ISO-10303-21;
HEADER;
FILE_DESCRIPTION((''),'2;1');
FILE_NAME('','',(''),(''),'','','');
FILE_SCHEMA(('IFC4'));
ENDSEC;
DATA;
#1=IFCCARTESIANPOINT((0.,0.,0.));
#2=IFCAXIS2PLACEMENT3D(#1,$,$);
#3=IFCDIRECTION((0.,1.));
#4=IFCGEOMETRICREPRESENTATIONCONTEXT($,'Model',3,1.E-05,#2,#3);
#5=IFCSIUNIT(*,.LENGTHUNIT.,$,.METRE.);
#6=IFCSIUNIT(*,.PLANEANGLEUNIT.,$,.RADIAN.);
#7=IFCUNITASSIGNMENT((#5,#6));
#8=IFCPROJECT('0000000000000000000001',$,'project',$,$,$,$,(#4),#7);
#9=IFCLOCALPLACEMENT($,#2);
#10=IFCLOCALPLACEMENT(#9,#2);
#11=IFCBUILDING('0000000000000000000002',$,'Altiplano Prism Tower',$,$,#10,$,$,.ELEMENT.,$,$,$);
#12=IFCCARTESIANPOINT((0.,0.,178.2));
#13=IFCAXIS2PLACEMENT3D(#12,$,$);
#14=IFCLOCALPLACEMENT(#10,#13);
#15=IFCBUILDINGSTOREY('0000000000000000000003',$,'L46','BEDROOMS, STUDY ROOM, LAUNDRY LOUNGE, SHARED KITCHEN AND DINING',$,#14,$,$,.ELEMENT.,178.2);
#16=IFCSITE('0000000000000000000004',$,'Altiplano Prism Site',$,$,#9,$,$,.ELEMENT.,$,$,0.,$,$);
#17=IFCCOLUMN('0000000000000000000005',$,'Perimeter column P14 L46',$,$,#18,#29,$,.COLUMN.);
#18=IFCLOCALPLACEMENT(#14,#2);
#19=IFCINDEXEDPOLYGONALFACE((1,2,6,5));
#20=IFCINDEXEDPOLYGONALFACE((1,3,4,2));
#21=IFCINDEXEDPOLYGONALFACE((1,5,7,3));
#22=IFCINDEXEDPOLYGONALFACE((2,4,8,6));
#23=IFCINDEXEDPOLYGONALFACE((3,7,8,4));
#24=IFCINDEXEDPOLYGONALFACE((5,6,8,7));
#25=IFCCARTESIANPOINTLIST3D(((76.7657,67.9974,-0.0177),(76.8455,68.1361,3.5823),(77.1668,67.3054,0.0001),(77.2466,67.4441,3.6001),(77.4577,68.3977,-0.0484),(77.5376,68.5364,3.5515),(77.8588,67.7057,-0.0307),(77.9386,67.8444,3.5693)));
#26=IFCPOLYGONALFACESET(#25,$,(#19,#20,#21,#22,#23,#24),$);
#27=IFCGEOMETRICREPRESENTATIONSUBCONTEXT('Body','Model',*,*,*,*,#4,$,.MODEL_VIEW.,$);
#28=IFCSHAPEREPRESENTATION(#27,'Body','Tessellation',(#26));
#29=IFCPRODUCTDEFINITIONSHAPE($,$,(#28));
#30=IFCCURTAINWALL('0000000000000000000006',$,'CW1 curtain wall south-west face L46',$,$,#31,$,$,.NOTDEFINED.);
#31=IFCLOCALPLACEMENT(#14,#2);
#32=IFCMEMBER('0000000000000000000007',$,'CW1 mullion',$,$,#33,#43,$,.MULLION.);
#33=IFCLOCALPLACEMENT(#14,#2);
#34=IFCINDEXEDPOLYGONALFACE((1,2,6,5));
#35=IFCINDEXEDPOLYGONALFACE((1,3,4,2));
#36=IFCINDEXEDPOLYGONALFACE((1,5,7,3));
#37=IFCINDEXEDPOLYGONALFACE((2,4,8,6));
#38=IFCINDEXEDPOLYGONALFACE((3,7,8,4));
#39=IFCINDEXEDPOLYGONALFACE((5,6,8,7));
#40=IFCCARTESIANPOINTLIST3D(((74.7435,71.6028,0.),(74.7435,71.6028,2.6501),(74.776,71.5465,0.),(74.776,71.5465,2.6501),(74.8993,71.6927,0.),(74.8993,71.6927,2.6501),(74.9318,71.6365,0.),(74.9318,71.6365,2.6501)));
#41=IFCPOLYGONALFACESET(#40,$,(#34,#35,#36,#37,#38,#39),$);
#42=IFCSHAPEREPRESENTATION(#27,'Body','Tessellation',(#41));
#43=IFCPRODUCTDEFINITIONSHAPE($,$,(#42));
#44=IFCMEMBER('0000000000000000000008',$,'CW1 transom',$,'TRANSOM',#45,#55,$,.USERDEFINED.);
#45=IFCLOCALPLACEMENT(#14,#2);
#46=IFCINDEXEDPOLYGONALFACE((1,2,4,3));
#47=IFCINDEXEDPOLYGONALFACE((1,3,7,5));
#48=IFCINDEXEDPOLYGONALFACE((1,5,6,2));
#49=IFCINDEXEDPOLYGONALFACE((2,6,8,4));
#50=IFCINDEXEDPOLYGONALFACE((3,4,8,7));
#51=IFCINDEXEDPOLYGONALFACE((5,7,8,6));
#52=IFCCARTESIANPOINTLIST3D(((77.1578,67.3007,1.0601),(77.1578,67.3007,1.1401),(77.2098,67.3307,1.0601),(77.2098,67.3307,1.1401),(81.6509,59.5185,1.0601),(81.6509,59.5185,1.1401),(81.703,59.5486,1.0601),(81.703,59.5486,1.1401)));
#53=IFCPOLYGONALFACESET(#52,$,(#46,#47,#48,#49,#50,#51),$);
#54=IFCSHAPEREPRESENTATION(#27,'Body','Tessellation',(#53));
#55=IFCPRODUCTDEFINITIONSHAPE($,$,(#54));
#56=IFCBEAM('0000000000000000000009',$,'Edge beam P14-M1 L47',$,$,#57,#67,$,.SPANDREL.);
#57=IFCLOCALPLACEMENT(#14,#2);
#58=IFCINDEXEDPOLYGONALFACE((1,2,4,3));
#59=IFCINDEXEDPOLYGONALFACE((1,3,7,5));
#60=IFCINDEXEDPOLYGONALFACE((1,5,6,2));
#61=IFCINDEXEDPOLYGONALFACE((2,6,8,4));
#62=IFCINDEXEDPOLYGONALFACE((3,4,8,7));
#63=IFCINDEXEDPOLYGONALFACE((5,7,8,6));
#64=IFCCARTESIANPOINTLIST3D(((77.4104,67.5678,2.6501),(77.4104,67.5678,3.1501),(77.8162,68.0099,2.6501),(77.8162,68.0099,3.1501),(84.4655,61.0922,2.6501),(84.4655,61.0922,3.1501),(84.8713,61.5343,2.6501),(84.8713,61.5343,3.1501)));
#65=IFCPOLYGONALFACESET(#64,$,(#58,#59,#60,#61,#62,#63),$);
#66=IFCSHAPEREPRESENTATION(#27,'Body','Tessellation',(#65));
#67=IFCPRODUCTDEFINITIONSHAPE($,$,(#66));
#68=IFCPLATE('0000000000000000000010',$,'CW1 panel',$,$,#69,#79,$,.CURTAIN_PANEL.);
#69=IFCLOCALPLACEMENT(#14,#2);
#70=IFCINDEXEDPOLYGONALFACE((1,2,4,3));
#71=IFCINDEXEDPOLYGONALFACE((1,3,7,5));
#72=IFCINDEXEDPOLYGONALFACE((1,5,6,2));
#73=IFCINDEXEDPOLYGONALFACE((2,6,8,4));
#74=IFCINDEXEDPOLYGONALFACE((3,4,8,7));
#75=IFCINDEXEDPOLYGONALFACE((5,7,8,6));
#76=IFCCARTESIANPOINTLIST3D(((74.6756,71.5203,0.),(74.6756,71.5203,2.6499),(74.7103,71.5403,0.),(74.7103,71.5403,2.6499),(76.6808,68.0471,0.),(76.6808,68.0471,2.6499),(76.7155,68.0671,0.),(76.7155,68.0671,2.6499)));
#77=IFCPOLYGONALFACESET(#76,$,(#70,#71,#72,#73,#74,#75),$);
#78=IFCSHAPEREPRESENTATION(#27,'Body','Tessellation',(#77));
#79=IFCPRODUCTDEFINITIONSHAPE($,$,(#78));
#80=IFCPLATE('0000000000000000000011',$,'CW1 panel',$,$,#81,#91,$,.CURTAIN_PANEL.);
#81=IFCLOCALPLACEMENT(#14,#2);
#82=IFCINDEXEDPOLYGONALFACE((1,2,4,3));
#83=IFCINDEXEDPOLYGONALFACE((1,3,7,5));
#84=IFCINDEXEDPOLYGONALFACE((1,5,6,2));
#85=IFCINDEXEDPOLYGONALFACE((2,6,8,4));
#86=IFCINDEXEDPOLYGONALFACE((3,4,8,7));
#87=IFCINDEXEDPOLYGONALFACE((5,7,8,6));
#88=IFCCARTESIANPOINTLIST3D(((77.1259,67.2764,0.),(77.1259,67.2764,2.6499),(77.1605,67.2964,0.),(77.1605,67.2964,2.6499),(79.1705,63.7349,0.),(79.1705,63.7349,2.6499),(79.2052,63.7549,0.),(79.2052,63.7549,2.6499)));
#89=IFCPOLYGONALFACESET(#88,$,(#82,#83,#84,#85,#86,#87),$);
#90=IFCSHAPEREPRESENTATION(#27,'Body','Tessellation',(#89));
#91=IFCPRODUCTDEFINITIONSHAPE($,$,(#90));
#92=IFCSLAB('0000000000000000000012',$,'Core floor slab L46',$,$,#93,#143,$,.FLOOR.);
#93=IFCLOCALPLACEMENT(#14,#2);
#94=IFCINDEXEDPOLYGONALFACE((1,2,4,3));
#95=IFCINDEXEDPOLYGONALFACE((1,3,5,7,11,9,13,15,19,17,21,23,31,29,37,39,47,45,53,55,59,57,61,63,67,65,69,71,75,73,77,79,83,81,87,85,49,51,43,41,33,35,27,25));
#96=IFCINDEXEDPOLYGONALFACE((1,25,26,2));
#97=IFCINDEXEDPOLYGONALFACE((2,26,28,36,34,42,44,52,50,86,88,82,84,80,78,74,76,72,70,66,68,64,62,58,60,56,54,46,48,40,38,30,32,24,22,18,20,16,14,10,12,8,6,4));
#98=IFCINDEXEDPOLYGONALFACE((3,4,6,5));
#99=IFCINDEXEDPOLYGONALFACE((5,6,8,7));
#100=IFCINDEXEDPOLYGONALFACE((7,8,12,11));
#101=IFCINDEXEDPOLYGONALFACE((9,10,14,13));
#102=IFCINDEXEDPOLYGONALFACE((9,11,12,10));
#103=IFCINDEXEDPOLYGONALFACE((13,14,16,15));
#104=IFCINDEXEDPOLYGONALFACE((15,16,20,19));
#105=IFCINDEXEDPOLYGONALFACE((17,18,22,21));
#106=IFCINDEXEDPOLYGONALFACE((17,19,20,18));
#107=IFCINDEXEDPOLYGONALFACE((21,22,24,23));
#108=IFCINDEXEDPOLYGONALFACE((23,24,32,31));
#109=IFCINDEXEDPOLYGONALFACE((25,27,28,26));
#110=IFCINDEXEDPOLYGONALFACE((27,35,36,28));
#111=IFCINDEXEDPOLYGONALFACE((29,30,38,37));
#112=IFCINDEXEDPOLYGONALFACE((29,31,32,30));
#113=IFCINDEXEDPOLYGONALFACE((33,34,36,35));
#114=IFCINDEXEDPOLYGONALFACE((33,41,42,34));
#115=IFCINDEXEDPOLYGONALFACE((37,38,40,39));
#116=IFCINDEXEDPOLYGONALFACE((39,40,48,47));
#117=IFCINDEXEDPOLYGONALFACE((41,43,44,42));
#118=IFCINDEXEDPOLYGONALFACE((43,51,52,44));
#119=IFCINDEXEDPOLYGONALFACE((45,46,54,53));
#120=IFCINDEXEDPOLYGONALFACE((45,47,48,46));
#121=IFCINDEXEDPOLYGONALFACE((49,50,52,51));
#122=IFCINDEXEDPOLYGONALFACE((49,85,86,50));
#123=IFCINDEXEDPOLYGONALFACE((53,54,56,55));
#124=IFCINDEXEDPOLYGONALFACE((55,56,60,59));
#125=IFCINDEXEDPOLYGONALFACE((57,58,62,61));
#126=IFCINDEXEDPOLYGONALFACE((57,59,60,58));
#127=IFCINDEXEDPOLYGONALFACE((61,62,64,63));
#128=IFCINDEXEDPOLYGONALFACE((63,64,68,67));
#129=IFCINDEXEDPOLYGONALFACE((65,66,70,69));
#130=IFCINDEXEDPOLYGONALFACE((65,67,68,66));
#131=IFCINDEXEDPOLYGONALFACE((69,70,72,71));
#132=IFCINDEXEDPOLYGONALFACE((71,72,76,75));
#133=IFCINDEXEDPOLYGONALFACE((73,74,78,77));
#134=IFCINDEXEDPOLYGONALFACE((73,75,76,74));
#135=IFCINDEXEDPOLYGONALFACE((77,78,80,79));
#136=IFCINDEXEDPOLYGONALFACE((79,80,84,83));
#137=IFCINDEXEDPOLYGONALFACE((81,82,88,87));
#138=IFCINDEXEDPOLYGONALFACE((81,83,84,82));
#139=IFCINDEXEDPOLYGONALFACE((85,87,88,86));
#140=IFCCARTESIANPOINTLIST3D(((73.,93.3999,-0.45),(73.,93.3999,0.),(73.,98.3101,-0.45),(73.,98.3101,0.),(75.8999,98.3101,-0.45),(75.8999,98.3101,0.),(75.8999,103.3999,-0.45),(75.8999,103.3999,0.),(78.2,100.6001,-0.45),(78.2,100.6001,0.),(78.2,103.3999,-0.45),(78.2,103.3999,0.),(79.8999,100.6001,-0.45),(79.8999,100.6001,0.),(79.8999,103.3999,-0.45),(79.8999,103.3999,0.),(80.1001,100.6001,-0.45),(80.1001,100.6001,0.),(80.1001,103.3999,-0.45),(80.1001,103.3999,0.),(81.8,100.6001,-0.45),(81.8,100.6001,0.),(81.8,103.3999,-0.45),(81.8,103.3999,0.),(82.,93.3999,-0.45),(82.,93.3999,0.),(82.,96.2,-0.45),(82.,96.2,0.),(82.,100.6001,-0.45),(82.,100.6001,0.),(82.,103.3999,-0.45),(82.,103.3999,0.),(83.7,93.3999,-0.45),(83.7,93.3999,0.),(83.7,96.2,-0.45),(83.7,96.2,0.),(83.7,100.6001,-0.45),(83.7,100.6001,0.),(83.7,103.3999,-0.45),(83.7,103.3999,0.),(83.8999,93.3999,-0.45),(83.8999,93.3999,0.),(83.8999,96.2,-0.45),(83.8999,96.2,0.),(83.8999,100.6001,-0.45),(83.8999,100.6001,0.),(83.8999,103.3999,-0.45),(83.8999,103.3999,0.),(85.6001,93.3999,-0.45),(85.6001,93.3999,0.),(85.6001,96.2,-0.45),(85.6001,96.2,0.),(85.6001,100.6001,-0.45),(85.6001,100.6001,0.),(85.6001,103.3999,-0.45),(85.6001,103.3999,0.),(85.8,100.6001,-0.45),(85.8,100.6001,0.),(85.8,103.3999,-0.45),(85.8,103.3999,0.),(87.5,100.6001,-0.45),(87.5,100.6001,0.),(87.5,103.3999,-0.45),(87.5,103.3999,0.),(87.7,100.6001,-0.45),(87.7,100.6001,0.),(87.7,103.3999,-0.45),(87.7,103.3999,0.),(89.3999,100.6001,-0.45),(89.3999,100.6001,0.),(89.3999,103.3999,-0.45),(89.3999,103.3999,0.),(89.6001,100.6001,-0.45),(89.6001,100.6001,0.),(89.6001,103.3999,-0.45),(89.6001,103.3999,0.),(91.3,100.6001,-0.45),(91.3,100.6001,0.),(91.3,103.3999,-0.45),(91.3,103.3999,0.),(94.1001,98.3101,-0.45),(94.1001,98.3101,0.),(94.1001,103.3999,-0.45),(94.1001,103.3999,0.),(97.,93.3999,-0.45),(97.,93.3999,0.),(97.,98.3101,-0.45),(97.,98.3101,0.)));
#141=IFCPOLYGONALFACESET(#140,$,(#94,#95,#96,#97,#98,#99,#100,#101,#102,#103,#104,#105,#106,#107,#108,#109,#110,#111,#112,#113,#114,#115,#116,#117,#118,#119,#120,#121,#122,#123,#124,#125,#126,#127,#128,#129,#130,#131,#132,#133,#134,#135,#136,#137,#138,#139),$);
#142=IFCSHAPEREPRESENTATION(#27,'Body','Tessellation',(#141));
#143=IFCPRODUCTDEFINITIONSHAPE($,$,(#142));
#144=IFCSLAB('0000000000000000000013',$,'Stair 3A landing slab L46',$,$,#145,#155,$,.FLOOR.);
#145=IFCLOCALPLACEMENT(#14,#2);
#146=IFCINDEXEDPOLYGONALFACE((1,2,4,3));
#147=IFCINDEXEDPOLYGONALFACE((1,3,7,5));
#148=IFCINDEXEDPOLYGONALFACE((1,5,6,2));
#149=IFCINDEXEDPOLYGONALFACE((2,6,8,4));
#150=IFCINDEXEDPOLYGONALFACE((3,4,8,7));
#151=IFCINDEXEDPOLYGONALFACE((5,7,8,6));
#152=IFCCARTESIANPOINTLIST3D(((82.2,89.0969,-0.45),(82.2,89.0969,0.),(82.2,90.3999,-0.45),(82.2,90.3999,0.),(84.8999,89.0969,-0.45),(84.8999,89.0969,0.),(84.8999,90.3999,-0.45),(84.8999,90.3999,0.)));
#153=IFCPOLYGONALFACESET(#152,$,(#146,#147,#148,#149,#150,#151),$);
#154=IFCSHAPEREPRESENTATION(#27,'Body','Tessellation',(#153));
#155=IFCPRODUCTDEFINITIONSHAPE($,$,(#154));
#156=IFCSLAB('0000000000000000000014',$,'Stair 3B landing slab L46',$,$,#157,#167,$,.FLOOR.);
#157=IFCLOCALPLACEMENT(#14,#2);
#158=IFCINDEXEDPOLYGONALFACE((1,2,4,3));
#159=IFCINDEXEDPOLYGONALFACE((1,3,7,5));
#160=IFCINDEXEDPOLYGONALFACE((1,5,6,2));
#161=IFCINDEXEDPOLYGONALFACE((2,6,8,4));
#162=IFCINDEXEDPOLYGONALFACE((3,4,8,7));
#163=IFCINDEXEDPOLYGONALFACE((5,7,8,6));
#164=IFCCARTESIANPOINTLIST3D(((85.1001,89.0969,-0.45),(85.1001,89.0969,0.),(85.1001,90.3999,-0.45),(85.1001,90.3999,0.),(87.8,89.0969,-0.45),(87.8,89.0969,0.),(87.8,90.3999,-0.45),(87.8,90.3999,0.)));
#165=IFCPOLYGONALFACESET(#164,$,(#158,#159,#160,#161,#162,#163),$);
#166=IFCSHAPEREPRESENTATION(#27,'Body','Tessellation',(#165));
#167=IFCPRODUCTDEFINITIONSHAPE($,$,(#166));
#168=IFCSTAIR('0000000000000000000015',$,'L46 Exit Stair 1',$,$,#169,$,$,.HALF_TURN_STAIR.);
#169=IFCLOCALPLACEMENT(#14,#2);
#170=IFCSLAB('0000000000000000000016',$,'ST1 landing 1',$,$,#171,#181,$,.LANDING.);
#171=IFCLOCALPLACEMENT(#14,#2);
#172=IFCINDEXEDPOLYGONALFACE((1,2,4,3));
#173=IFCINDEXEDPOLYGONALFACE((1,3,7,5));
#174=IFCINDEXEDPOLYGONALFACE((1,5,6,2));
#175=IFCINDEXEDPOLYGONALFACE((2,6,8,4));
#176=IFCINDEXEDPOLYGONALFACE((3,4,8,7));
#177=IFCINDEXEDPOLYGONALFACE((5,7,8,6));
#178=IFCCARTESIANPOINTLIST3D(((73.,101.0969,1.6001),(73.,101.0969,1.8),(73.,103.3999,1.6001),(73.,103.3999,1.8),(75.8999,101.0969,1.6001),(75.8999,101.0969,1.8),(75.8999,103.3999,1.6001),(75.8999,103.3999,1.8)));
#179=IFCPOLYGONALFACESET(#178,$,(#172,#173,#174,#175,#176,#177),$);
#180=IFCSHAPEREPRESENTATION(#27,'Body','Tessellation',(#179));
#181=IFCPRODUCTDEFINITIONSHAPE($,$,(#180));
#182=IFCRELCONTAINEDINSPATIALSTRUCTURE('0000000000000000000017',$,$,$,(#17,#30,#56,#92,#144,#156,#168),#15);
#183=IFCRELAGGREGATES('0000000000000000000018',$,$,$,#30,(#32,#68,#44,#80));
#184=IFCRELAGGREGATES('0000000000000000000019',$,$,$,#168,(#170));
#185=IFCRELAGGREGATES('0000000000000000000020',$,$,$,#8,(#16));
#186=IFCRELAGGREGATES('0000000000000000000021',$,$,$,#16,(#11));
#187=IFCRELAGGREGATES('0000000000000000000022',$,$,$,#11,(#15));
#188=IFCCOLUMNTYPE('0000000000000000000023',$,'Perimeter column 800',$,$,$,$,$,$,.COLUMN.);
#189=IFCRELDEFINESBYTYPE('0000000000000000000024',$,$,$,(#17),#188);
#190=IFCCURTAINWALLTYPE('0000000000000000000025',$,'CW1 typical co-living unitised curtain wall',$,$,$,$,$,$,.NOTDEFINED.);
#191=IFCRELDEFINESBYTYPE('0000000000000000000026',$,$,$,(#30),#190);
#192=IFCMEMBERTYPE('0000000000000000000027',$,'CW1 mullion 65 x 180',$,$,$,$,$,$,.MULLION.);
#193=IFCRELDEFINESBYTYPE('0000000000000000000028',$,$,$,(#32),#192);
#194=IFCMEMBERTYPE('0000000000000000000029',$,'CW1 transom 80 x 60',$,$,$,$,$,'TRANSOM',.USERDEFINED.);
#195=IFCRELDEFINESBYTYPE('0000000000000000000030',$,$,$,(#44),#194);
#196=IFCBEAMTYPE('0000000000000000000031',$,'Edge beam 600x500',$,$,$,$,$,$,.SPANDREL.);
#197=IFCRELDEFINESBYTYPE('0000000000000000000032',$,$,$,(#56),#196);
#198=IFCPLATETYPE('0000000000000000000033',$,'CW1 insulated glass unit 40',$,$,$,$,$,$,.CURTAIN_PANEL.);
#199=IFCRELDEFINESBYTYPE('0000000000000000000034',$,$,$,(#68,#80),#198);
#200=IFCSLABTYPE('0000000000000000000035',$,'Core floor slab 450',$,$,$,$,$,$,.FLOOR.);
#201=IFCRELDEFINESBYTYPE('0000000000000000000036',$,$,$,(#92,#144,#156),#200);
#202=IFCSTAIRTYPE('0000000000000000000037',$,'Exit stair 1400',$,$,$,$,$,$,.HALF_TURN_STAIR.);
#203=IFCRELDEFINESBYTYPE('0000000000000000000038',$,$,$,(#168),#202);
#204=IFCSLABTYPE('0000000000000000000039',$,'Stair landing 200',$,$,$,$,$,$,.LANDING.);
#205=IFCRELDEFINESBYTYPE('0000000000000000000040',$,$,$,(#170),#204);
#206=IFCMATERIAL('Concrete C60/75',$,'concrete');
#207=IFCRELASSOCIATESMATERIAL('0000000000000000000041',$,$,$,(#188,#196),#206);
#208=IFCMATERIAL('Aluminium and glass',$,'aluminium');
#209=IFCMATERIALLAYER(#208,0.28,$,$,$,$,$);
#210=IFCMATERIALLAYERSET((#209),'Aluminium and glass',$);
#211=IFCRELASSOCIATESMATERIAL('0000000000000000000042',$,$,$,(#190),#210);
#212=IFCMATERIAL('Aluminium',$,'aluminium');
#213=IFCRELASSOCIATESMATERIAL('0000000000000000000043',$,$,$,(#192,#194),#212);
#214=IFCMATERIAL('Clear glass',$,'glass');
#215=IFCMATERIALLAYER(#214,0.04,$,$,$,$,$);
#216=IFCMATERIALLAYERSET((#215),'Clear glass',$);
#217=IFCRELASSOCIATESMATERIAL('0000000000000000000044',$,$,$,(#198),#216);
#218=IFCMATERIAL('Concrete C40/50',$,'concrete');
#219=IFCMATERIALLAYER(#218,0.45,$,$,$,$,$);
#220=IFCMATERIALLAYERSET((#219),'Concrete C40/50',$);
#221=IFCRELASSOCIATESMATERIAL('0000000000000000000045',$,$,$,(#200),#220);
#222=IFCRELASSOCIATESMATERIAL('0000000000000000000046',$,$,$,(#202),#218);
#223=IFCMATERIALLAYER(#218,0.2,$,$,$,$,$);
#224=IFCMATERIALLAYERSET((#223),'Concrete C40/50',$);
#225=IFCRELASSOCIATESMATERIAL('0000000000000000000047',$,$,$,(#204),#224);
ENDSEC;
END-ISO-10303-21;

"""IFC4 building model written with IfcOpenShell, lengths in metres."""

from ifc_helpers import new_model, si_unit, direction, frame, origin, origin_2d, place, context, subcontext, project, spatial, polyline, rectangle, outline, extrude, material, layer, layer_set, material_profile, profile_set, type_object, element, aggregate, save


model = new_model("IFC4")

# Units and contexts
model_context = context("Model", 3, precision=1e-05, world=origin(), true_north=direction((0.0, 1.0)))
body_context = subcontext(model_context, "Body", "Model", "MODEL_VIEW")
ifc_project = project(units=[si_unit("LENGTHUNIT", "METRE"), si_unit("PLANEANGLEUNIT", "RADIAN")], contexts=[model_context])

# Site, building, storey
site_placement = place(None, origin())
site = spatial("IfcSite", under=ifc_project, at=site_placement, Name="Altiplano Prism Site", CompositionType="ELEMENT", RefElevation=0.0)
building_placement = place(site_placement, origin())
building = spatial("IfcBuilding", under=site, at=building_placement, Name="Altiplano Prism Tower", CompositionType="ELEMENT")
storey_placement = place(building_placement, frame((0.0, 0.0, 178.2)))
storey = spatial("IfcBuildingStorey", under=building, at=storey_placement, Name="L46", Description="BEDROOMS, STUDY ROOM, LAUNDRY LOUNGE, SHARED KITCHEN AND DINING", CompositionType="ELEMENT", Elevation=178.2)

# Column
ifc_material_1 = material(Name="Concrete C60/75", Category="concrete")
ifc_material_profile_1 = material_profile(ifc_material_1, rectangle(XDim=0.8, YDim=0.8, at=origin_2d()), Name="Perimeter column 800")
ifc_profile_set_1 = profile_set([ifc_material_profile_1], Name="Concrete C60/75")
column_type = type_object("IfcColumnType", Name="Perimeter column 800", PredefinedType="COLUMN", material=ifc_profile_set_1)
column_placement = place(storey_placement, frame((77.3123, 67.8516, -0.0242), z_axis=(0.022155, 0.038484, 0.999014), x_axis=(-0.864981, -0.500329, 0.038456)))
element("IfcColumn", 1, at=column_placement, inside=storey, type_object=column_type, Name="Perimeter column P14 L46", PredefinedType="COLUMN", context=body_context, shape_type="SweptSolid", body=[
    extrude(rectangle(XDim=0.8, YDim=0.8, at=origin_2d()), origin(), (0.0, 0.0, 1.0), 3.6035),
])

# Curtain wall, members
ifc_material_2 = material(Name="Aluminium and glass", Category="aluminium")
ifc_layer_1 = layer(ifc_material_2, 0.28)
ifc_layer_set_1 = layer_set([ifc_layer_1], Name="Aluminium and glass")
curtain_wall_type = type_object("IfcCurtainWallType", Name="CW1 typical co-living unitised curtain wall", PredefinedType="NOTDEFINED", material=ifc_layer_set_1)
curtain_wall_placement = place(storey_placement, origin())
curtain_wall = element("IfcCurtainWall", 2, at=curtain_wall_placement, inside=storey, type_object=curtain_wall_type, Name="CW1 curtain wall south-west face L46", PredefinedType="NOTDEFINED")
ifc_material_3 = material(Name="Aluminium", Category="aluminium")
ifc_material_profile_2 = material_profile(ifc_material_3, rectangle(XDim=0.1799, YDim=0.0649, at=origin_2d()), Name="CW1 mullion 65 x 180")
ifc_profile_set_2 = profile_set([ifc_material_profile_2], Name="Aluminium")
member_type_1 = type_object("IfcMemberType", Name="CW1 mullion 65 x 180", PredefinedType="MULLION", material=ifc_profile_set_2)
member_1_placement = place(storey_placement, frame((74.8376, 71.6196, 0.0), z_axis=(0.0, 0.0, 1.0), x_axis=(0.866025, 0.5, 0.0)))
member_1 = element("IfcMember", 3, at=member_1_placement, type_object=member_type_1, Name="CW1 mullion", PredefinedType="MULLION", context=body_context, shape_type="SweptSolid", body=[
    extrude(rectangle(XDim=0.1799, YDim=0.0649, at=origin_2d()), origin(), (0.0, 0.0, 1.0), 2.6501),
])
ifc_material_profile_3 = material_profile(ifc_material_3, rectangle(XDim=0.0601, YDim=0.0801, at=origin_2d()), Name="CW1 transom 80 x 60")
ifc_profile_set_3 = profile_set([ifc_material_profile_3], Name="Aluminium")
member_type_2 = type_object("IfcMemberType", Name="CW1 transom 80 x 60", ElementType="TRANSOM", PredefinedType="USERDEFINED", material=ifc_profile_set_3)
member_2_placement = place(storey_placement, frame((77.1838, 67.3157, 1.1001), z_axis=(0.500008, -0.866021, 0.0), x_axis=(0.866021, 0.500008, 0.0)))
member_2 = element("IfcMember", 4, at=member_2_placement, type_object=member_type_2, Name="CW1 transom", ObjectType="TRANSOM", PredefinedType="USERDEFINED", context=body_context, shape_type="SweptSolid", body=[
    extrude(rectangle(XDim=0.0601, YDim=0.0801, at=origin_2d()), origin(), (0.0, 0.0, 1.0), 8.9861),
])

# Beam
ifc_material_profile_4 = material_profile(ifc_material_1, rectangle(XDim=0.6001, YDim=0.5, at=origin_2d()), Name="Edge beam 600x500")
ifc_profile_set_4 = profile_set([ifc_material_profile_4], Name="Concrete C60/75")
beam_type = type_object("IfcBeamType", Name="Edge beam 600x500", PredefinedType="SPANDREL", material=ifc_profile_set_4)
beam_placement = place(storey_placement, frame((77.6133, 67.7888, 2.9001), z_axis=(0.73672, -0.676198, 0.0), x_axis=(0.676198, 0.73672, 0.0)))
element("IfcBeam", 5, at=beam_placement, inside=storey, type_object=beam_type, Name="Edge beam P14-M1 L47", PredefinedType="SPANDREL", context=body_context, shape_type="SweptSolid", body=[
    extrude(rectangle(XDim=0.6001, YDim=0.5, at=origin_2d()), origin(), (0.0, 0.0, 1.0), 9.5764),
])

# Plates
ifc_material_4 = material(Name="Clear glass", Category="glass")
ifc_layer_2 = layer(ifc_material_4, 0.04)
ifc_layer_set_2 = layer_set([ifc_layer_2], Name="Clear glass")
plate_type = type_object("IfcPlateType", Name="CW1 insulated glass unit 40", PredefinedType="CURTAIN_PANEL", material=ifc_layer_set_2)
plate_1_placement = place(storey_placement, frame((75.6956, 69.7937, 0.0), z_axis=(0.0, 0.0, 1.0), x_axis=(0.5, -0.866025, 0.0)))
plate_1 = element("IfcPlate", 6, at=plate_1_placement, type_object=plate_type, Name="CW1 panel", PredefinedType="CURTAIN_PANEL", context=body_context, shape_type="SweptSolid", body=[
    extrude(rectangle(XDim=4.0105, YDim=0.04, at=origin_2d()), origin(), (0.0, 0.0, 1.0), 2.6499),
])
plate_2_placement = place(storey_placement, frame((78.1655, 65.5156, 0.0), z_axis=(0.0, 0.0, 1.0), x_axis=(0.5, -0.866025, 0.0)))
plate_2 = element("IfcPlate", 7, at=plate_2_placement, type_object=plate_type, Name="CW1 panel", PredefinedType="CURTAIN_PANEL", context=body_context, shape_type="SweptSolid", body=[
    extrude(rectangle(XDim=4.0894, YDim=0.04, at=origin_2d()), origin(), (0.0, 0.0, 1.0), 2.6499),
])
aggregate(curtain_wall, [member_1, plate_1, member_2, plate_2])

# Slabs
ifc_material_5 = material(Name="Concrete C40/50", Category="concrete")
ifc_layer_3 = layer(ifc_material_5, 0.45)
ifc_layer_set_3 = layer_set([ifc_layer_3], Name="Concrete C40/50")
slab_type_1 = type_object("IfcSlabType", Name="Core floor slab 450", PredefinedType="FLOOR", material=ifc_layer_set_3)
slab_1_placement = place(storey_placement, frame((0.0, 0.0, -0.45)))
element("IfcSlab", 8, at=slab_1_placement, inside=storey, type_object=slab_type_1, Name="Core floor slab L46", PredefinedType="FLOOR", context=body_context, shape_type="SweptSolid", body=[
    extrude(outline(polyline([(97.0, 98.3101), (94.1001, 98.3101), (94.1001, 103.3999), (91.3, 103.3999), (91.3, 100.6001), (89.6001, 100.6001), (89.6001, 103.3999), (89.3999, 103.3999), (89.3999, 100.6001), (87.7, 100.6001), (87.7, 103.3999), (87.5, 103.3999), (87.5, 100.6001), (85.8, 100.6001), (85.8, 103.3999), (85.6001, 103.3999), (85.6001, 100.6001), (83.8999, 100.6001), (83.8999, 103.3999), (83.7, 103.3999), (83.7, 100.6001), (82.0, 100.6001), (82.0, 103.3999), (81.8, 103.3999), (81.8, 100.6001), (80.1001, 100.6001), (80.1001, 103.3999), (79.8999, 103.3999), (79.8999, 100.6001), (78.2, 100.6001), (78.2, 103.3999), (75.8999, 103.3999), (75.8999, 98.3101), (73.0, 98.3101), (73.0, 93.3999), (82.0, 93.3999), (82.0, 96.2), (83.7, 96.2), (83.7, 93.3999), (83.8999, 93.3999), (83.8999, 96.2), (85.6001, 96.2), (85.6001, 93.3999), (97.0, 93.3999), (97.0, 98.3101)])), origin(), (0.0, 0.0, 1.0), 0.45),
])
slab_2_placement = place(storey_placement, frame((0.0, 0.0, -0.45)))
element("IfcSlab", 9, at=slab_2_placement, inside=storey, type_object=slab_type_1, Name="Stair 3A landing slab L46", PredefinedType="FLOOR", context=body_context, shape_type="SweptSolid", body=[
    extrude(outline(polyline([(82.2, 89.0969), (84.8999, 89.0969), (84.8999, 90.3999), (82.2, 90.3999), (82.2, 89.0969)])), origin(), (0.0, 0.0, 1.0), 0.45),
])
slab_3_placement = place(storey_placement, frame((0.0, 0.0, -0.45)))
element("IfcSlab", 10, at=slab_3_placement, inside=storey, type_object=slab_type_1, Name="Stair 3B landing slab L46", PredefinedType="FLOOR", context=body_context, shape_type="SweptSolid", body=[
    extrude(outline(polyline([(85.1001, 89.0969), (87.8, 89.0969), (87.8, 90.3999), (85.1001, 90.3999), (85.1001, 89.0969)])), origin(), (0.0, 0.0, 1.0), 0.45),
])

# Stair, slab
stair_type_1 = type_object("IfcStairType", Name="Exit stair 1400", PredefinedType="HALF_TURN_STAIR", material=ifc_material_5)
stair_1_placement = place(storey_placement, origin())
stair_1 = element("IfcStair", 11, at=stair_1_placement, inside=storey, type_object=stair_type_1, Name="L46 Exit Stair 1", PredefinedType="HALF_TURN_STAIR")
ifc_layer_4 = layer(ifc_material_5, 0.2)
ifc_layer_set_4 = layer_set([ifc_layer_4], Name="Concrete C40/50")
slab_type_2 = type_object("IfcSlabType", Name="Stair landing 200", PredefinedType="LANDING", material=ifc_layer_set_4)
slab_4_placement = place(storey_placement, frame((0.0, 0.0, 1.6001)))
slab_4 = element("IfcSlab", 12, at=slab_4_placement, type_object=slab_type_2, Name="ST1 landing 1", PredefinedType="LANDING", context=body_context, shape_type="SweptSolid", body=[
    extrude(outline(polyline([(75.8999, 101.0969), (75.8999, 103.3999), (73.0, 103.3999), (73.0, 101.0969), (75.8999, 101.0969)])), origin(), (0.0, 0.0, 1.0), 0.2),
])
aggregate(stair_1, [slab_4])

save(model, "model.ifc")
